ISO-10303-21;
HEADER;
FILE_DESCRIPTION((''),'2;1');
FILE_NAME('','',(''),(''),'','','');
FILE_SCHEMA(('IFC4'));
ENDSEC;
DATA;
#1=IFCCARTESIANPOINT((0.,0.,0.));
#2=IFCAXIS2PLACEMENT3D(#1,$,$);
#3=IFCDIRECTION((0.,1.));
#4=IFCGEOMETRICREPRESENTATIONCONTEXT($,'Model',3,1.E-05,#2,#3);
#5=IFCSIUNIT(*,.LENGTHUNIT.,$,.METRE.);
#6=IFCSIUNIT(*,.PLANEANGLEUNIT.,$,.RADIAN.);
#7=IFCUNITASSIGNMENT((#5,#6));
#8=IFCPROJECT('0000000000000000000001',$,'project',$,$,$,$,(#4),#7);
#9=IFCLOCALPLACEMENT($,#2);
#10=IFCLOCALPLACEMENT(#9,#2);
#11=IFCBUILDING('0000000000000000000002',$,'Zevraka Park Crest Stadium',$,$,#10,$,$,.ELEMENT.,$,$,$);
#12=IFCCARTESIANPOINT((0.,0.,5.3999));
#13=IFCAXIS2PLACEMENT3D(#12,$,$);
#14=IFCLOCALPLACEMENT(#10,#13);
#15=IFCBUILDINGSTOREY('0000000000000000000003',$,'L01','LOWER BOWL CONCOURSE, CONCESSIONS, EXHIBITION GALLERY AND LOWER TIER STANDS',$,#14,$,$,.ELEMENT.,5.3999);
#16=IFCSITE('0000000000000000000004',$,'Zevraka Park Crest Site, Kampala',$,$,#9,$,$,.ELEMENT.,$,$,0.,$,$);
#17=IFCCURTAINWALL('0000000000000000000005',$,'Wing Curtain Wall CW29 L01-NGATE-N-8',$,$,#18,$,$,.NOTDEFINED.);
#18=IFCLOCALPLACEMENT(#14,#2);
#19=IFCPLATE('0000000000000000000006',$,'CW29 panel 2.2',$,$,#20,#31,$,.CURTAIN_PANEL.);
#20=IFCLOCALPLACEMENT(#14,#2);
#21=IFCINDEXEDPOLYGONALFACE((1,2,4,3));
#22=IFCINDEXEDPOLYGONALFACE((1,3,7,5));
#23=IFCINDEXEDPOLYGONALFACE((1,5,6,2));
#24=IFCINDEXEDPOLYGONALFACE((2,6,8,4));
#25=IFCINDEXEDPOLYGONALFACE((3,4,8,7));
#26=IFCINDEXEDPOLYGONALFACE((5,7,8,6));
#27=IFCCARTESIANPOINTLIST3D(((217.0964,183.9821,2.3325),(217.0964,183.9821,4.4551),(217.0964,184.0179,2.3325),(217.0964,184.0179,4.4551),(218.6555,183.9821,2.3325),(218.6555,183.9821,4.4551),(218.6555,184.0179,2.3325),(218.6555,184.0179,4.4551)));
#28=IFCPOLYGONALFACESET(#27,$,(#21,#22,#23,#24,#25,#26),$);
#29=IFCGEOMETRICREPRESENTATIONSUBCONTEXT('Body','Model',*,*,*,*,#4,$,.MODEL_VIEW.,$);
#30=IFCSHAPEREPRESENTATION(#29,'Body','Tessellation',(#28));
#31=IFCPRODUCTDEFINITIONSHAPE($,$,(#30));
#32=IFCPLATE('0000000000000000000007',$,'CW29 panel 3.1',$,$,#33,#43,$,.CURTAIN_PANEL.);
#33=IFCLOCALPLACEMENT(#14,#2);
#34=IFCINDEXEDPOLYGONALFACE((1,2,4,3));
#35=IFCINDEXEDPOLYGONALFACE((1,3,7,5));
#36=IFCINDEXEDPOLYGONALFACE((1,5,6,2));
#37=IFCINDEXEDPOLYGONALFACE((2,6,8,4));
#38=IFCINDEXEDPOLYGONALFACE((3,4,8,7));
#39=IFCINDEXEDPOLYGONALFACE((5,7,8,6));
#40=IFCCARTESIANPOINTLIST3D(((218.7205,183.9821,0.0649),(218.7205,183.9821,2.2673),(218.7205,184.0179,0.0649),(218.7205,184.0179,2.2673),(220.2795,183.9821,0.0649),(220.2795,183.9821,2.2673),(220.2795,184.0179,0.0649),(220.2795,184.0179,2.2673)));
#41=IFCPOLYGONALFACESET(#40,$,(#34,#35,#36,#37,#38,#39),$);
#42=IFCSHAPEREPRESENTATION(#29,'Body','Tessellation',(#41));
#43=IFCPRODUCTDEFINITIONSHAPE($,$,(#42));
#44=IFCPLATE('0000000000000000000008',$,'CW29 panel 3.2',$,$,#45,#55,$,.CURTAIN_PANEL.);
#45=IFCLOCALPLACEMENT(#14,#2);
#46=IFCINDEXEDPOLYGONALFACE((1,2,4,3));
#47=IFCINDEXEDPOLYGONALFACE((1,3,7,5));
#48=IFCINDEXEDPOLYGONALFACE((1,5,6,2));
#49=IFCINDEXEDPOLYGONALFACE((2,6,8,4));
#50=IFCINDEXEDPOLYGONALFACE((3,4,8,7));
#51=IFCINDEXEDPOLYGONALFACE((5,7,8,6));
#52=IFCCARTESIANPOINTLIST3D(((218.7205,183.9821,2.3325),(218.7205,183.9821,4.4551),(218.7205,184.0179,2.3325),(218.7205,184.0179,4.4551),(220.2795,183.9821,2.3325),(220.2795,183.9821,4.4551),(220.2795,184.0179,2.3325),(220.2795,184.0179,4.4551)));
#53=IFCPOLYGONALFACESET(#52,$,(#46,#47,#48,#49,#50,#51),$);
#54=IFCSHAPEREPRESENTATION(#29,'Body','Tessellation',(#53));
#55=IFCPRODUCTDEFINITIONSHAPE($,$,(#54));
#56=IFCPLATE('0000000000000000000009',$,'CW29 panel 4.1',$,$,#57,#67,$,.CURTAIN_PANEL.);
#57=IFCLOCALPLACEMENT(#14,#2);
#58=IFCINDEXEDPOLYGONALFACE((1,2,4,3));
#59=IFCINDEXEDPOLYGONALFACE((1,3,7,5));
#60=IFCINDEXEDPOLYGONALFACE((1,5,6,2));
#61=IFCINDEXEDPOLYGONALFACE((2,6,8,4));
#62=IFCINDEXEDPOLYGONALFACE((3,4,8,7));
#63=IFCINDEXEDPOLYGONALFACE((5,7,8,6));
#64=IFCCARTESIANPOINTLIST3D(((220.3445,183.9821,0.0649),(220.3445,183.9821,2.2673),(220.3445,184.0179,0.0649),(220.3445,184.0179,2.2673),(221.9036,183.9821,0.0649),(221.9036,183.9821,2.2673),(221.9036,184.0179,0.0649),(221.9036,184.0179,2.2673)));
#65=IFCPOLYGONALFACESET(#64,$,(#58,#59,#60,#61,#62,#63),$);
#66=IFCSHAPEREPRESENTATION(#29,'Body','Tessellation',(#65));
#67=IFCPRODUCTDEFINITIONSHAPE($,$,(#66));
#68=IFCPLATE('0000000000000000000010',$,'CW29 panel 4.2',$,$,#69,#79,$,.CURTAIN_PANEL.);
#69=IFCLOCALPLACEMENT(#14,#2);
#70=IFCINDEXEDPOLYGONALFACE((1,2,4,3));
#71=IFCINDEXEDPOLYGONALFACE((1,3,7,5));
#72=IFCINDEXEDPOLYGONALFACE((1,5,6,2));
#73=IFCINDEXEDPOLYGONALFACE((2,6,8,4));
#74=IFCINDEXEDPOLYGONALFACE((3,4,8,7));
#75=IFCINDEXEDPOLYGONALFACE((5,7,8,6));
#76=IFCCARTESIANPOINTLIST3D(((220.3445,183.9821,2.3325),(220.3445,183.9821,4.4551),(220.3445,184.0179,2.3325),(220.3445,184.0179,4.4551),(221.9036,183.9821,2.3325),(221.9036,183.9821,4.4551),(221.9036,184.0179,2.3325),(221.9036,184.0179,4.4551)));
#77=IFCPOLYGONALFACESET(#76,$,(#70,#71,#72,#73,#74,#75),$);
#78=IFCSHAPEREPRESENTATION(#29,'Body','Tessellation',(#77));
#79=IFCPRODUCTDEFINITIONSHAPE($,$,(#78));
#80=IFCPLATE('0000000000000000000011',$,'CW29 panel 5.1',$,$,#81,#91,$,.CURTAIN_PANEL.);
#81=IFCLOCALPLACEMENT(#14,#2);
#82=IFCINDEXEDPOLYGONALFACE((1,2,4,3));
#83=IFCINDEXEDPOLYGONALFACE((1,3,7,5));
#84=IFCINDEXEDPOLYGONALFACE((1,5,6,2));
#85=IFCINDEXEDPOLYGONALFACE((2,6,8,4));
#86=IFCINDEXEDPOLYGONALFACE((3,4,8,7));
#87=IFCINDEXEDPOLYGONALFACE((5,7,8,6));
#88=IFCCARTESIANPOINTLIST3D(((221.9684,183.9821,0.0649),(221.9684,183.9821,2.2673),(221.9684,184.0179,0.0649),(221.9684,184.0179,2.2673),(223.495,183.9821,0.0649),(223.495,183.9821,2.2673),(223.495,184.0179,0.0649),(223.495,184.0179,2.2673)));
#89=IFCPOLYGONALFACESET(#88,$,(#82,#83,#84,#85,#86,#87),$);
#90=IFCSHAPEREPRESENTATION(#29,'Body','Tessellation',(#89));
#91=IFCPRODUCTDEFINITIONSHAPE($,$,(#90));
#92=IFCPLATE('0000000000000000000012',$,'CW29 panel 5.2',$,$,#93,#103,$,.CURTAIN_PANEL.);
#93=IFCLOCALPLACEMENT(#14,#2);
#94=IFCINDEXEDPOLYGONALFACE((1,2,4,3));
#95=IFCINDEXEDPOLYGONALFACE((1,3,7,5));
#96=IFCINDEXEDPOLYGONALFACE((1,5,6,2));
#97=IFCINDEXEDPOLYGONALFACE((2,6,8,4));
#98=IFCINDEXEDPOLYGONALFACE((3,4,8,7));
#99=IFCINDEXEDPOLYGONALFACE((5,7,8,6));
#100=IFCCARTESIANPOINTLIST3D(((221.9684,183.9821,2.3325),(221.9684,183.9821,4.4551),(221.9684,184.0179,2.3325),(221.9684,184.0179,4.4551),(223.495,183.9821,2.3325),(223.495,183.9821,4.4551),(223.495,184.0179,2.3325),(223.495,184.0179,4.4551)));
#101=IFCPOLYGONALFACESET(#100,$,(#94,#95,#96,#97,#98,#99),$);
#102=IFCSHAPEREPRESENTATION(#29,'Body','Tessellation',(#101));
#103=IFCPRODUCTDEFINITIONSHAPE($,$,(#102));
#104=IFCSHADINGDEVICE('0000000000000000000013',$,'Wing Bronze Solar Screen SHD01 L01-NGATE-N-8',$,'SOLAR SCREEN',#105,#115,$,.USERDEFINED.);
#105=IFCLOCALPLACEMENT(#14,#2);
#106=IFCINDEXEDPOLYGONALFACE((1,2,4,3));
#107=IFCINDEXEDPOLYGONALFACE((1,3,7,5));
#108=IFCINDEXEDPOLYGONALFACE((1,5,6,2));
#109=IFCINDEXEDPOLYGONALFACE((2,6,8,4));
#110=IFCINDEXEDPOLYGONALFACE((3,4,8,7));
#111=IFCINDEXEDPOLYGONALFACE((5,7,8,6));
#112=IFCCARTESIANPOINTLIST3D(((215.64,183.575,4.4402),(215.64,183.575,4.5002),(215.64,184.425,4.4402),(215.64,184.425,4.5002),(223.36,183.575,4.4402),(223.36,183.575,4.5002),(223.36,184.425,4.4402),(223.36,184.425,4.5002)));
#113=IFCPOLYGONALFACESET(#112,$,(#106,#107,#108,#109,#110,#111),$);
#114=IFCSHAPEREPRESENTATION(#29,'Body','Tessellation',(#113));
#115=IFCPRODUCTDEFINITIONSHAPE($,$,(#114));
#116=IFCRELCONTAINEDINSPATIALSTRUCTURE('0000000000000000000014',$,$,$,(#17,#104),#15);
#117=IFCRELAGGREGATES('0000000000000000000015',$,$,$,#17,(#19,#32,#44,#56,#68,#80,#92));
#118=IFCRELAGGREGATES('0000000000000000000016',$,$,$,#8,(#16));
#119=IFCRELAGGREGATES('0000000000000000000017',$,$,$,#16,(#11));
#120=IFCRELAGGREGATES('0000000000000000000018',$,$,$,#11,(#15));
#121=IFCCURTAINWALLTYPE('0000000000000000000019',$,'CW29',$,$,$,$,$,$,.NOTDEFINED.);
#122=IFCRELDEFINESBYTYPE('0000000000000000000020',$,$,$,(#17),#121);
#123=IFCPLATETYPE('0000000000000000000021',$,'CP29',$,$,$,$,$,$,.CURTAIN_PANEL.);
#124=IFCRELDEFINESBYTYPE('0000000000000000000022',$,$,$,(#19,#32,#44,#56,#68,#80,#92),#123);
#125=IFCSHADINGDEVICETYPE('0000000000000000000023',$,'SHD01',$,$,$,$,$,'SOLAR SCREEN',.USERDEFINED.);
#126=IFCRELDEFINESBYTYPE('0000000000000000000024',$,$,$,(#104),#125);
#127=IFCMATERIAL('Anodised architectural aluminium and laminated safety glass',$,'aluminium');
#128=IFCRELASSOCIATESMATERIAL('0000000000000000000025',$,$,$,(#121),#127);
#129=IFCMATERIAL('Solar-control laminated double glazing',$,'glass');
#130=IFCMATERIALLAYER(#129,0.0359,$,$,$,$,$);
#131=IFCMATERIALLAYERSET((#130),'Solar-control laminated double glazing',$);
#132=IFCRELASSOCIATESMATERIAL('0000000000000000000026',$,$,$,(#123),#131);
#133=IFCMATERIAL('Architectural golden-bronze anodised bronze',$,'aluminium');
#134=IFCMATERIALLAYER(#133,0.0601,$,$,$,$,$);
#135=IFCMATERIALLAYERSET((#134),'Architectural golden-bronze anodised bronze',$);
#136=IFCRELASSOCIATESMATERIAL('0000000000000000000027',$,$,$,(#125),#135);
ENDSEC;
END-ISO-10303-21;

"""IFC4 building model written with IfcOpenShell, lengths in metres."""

from ifc_helpers import new_model, si_unit, direction, frame, origin, origin_2d, place, context, subcontext, project, spatial, rectangle, extrude, material, layer, layer_set, type_object, element, aggregate, save


model = new_model("IFC4")

# Units and contexts
model_context = context("Model", 3, precision=1e-05, world=origin(), true_north=direction((0.0, 1.0)))
body_context = subcontext(model_context, "Body", "Model", "MODEL_VIEW")
ifc_project = project(units=[si_unit("LENGTHUNIT", "METRE"), si_unit("PLANEANGLEUNIT", "RADIAN")], contexts=[model_context])

# Site, building, storey
site_placement = place(None, origin())
site = spatial("IfcSite", under=ifc_project, at=site_placement, Name="Zevraka Park Crest Site, Kampala", CompositionType="ELEMENT", RefElevation=0.0)
building_placement = place(site_placement, origin())
building = spatial("IfcBuilding", under=site, at=building_placement, Name="Zevraka Park Crest Stadium", CompositionType="ELEMENT")
storey_placement = place(building_placement, frame((0.0, 0.0, 5.3999)))
storey = spatial("IfcBuildingStorey", under=building, at=storey_placement, Name="L01", Description="LOWER BOWL CONCOURSE, CONCESSIONS, EXHIBITION GALLERY AND LOWER TIER STANDS", CompositionType="ELEMENT", Elevation=5.3999)

# Curtain wall, plates
ifc_material_1 = material(Name="Anodised architectural aluminium and laminated safety glass", Category="aluminium")
curtain_wall_type = type_object("IfcCurtainWallType", Name="CW29", PredefinedType="NOTDEFINED", material=ifc_material_1)
curtain_wall_placement = place(storey_placement, origin())
curtain_wall = element("IfcCurtainWall", 1, at=curtain_wall_placement, inside=storey, type_object=curtain_wall_type, Name="Wing Curtain Wall CW29 L01-NGATE-N-8", PredefinedType="NOTDEFINED")
ifc_material_2 = material(Name="Solar-control laminated double glazing", Category="glass")
ifc_layer_1 = layer(ifc_material_2, 0.0359)
ifc_layer_set_1 = layer_set([ifc_layer_1], Name="Solar-control laminated double glazing")
plate_type = type_object("IfcPlateType", Name="CP29", PredefinedType="CURTAIN_PANEL", material=ifc_layer_set_1)
plate_1_placement = place(storey_placement, frame((217.876, 184.0, 2.3325), z_axis=(0.0, 0.0, 1.0), x_axis=(1.0, 0.0, 0.0)))
plate_1 = element("IfcPlate", 2, at=plate_1_placement, type_object=plate_type, Name="CW29 panel 2.2", PredefinedType="CURTAIN_PANEL", context=body_context, shape_type="SweptSolid", body=[
    extrude(rectangle(XDim=1.5591, YDim=0.0359, at=origin_2d()), origin(), (0.0, 0.0, 1.0), 2.1226),
])
plate_2_placement = place(storey_placement, frame((219.5, 184.0, 0.0649), z_axis=(0.0, 0.0, 1.0), x_axis=(1.0, 0.0, 0.0)))
plate_2 = element("IfcPlate", 3, at=plate_2_placement, type_object=plate_type, Name="CW29 panel 3.1", PredefinedType="CURTAIN_PANEL", context=body_context, shape_type="SweptSolid", body=[
    extrude(rectangle(XDim=1.5591, YDim=0.0359, at=origin_2d()), origin(), (0.0, 0.0, 1.0), 2.2024),
])
plate_3_placement = place(storey_placement, frame((219.5, 184.0, 2.3325), z_axis=(0.0, 0.0, 1.0), x_axis=(1.0, 0.0, 0.0)))
plate_3 = element("IfcPlate", 4, at=plate_3_placement, type_object=plate_type, Name="CW29 panel 3.2", PredefinedType="CURTAIN_PANEL", context=body_context, shape_type="SweptSolid", body=[
    extrude(rectangle(XDim=1.5591, YDim=0.0359, at=origin_2d()), origin(), (0.0, 0.0, 1.0), 2.1226),
])
plate_4_placement = place(storey_placement, frame((221.124, 184.0, 0.0649), z_axis=(0.0, 0.0, 1.0), x_axis=(1.0, 0.0, 0.0)))
plate_4 = element("IfcPlate", 5, at=plate_4_placement, type_object=plate_type, Name="CW29 panel 4.1", PredefinedType="CURTAIN_PANEL", context=body_context, shape_type="SweptSolid", body=[
    extrude(rectangle(XDim=1.5591, YDim=0.0359, at=origin_2d()), origin(), (0.0, 0.0, 1.0), 2.2024),
])
plate_5_placement = place(storey_placement, frame((221.124, 184.0, 2.3325), z_axis=(0.0, 0.0, 1.0), x_axis=(1.0, 0.0, 0.0)))
plate_5 = element("IfcPlate", 6, at=plate_5_placement, type_object=plate_type, Name="CW29 panel 4.2", PredefinedType="CURTAIN_PANEL", context=body_context, shape_type="SweptSolid", body=[
    extrude(rectangle(XDim=1.5591, YDim=0.0359, at=origin_2d()), origin(), (0.0, 0.0, 1.0), 2.1226),
])
plate_6_placement = place(storey_placement, frame((222.7317, 184.0, 0.0649), z_axis=(0.0, 0.0, 1.0), x_axis=(1.0, 0.0, 0.0)))
plate_6 = element("IfcPlate", 7, at=plate_6_placement, type_object=plate_type, Name="CW29 panel 5.1", PredefinedType="CURTAIN_PANEL", context=body_context, shape_type="SweptSolid", body=[
    extrude(rectangle(XDim=1.5266, YDim=0.0359, at=origin_2d()), origin(), (0.0, 0.0, 1.0), 2.2024),
])
plate_7_placement = place(storey_placement, frame((222.7317, 184.0, 2.3325), z_axis=(0.0, 0.0, 1.0), x_axis=(1.0, 0.0, 0.0)))
plate_7 = element("IfcPlate", 8, at=plate_7_placement, type_object=plate_type, Name="CW29 panel 5.2", PredefinedType="CURTAIN_PANEL", context=body_context, shape_type="SweptSolid", body=[
    extrude(rectangle(XDim=1.5266, YDim=0.0359, at=origin_2d()), origin(), (0.0, 0.0, 1.0), 2.1226),
])
aggregate(curtain_wall, [plate_1, plate_2, plate_3, plate_4, plate_5, plate_6, plate_7])

# Shading device
ifc_material_3 = material(Name="Architectural golden-bronze anodised bronze", Category="aluminium")
ifc_layer_2 = layer(ifc_material_3, 0.0601)
ifc_layer_set_2 = layer_set([ifc_layer_2], Name="Architectural golden-bronze anodised bronze")
shading_device_type = type_object("IfcShadingDeviceType", Name="SHD01", ElementType="SOLAR SCREEN", PredefinedType="USERDEFINED", material=ifc_layer_set_2)
shading_device_placement = place(storey_placement, frame((219.5, 184.0, 4.4402), z_axis=(0.0, 0.0, 1.0), x_axis=(1.0, 0.0, 0.0)))
element("IfcShadingDevice", 9, at=shading_device_placement, inside=storey, type_object=shading_device_type, Name="Wing Bronze Solar Screen SHD01 L01-NGATE-N-8", ObjectType="SOLAR SCREEN", PredefinedType="USERDEFINED", context=body_context, shape_type="SweptSolid", body=[
    extrude(rectangle(XDim=7.72, YDim=0.8501, at=origin_2d()), origin(), (0.0, 0.0, 1.0), 0.0601),
])

save(model, "model.ifc")
